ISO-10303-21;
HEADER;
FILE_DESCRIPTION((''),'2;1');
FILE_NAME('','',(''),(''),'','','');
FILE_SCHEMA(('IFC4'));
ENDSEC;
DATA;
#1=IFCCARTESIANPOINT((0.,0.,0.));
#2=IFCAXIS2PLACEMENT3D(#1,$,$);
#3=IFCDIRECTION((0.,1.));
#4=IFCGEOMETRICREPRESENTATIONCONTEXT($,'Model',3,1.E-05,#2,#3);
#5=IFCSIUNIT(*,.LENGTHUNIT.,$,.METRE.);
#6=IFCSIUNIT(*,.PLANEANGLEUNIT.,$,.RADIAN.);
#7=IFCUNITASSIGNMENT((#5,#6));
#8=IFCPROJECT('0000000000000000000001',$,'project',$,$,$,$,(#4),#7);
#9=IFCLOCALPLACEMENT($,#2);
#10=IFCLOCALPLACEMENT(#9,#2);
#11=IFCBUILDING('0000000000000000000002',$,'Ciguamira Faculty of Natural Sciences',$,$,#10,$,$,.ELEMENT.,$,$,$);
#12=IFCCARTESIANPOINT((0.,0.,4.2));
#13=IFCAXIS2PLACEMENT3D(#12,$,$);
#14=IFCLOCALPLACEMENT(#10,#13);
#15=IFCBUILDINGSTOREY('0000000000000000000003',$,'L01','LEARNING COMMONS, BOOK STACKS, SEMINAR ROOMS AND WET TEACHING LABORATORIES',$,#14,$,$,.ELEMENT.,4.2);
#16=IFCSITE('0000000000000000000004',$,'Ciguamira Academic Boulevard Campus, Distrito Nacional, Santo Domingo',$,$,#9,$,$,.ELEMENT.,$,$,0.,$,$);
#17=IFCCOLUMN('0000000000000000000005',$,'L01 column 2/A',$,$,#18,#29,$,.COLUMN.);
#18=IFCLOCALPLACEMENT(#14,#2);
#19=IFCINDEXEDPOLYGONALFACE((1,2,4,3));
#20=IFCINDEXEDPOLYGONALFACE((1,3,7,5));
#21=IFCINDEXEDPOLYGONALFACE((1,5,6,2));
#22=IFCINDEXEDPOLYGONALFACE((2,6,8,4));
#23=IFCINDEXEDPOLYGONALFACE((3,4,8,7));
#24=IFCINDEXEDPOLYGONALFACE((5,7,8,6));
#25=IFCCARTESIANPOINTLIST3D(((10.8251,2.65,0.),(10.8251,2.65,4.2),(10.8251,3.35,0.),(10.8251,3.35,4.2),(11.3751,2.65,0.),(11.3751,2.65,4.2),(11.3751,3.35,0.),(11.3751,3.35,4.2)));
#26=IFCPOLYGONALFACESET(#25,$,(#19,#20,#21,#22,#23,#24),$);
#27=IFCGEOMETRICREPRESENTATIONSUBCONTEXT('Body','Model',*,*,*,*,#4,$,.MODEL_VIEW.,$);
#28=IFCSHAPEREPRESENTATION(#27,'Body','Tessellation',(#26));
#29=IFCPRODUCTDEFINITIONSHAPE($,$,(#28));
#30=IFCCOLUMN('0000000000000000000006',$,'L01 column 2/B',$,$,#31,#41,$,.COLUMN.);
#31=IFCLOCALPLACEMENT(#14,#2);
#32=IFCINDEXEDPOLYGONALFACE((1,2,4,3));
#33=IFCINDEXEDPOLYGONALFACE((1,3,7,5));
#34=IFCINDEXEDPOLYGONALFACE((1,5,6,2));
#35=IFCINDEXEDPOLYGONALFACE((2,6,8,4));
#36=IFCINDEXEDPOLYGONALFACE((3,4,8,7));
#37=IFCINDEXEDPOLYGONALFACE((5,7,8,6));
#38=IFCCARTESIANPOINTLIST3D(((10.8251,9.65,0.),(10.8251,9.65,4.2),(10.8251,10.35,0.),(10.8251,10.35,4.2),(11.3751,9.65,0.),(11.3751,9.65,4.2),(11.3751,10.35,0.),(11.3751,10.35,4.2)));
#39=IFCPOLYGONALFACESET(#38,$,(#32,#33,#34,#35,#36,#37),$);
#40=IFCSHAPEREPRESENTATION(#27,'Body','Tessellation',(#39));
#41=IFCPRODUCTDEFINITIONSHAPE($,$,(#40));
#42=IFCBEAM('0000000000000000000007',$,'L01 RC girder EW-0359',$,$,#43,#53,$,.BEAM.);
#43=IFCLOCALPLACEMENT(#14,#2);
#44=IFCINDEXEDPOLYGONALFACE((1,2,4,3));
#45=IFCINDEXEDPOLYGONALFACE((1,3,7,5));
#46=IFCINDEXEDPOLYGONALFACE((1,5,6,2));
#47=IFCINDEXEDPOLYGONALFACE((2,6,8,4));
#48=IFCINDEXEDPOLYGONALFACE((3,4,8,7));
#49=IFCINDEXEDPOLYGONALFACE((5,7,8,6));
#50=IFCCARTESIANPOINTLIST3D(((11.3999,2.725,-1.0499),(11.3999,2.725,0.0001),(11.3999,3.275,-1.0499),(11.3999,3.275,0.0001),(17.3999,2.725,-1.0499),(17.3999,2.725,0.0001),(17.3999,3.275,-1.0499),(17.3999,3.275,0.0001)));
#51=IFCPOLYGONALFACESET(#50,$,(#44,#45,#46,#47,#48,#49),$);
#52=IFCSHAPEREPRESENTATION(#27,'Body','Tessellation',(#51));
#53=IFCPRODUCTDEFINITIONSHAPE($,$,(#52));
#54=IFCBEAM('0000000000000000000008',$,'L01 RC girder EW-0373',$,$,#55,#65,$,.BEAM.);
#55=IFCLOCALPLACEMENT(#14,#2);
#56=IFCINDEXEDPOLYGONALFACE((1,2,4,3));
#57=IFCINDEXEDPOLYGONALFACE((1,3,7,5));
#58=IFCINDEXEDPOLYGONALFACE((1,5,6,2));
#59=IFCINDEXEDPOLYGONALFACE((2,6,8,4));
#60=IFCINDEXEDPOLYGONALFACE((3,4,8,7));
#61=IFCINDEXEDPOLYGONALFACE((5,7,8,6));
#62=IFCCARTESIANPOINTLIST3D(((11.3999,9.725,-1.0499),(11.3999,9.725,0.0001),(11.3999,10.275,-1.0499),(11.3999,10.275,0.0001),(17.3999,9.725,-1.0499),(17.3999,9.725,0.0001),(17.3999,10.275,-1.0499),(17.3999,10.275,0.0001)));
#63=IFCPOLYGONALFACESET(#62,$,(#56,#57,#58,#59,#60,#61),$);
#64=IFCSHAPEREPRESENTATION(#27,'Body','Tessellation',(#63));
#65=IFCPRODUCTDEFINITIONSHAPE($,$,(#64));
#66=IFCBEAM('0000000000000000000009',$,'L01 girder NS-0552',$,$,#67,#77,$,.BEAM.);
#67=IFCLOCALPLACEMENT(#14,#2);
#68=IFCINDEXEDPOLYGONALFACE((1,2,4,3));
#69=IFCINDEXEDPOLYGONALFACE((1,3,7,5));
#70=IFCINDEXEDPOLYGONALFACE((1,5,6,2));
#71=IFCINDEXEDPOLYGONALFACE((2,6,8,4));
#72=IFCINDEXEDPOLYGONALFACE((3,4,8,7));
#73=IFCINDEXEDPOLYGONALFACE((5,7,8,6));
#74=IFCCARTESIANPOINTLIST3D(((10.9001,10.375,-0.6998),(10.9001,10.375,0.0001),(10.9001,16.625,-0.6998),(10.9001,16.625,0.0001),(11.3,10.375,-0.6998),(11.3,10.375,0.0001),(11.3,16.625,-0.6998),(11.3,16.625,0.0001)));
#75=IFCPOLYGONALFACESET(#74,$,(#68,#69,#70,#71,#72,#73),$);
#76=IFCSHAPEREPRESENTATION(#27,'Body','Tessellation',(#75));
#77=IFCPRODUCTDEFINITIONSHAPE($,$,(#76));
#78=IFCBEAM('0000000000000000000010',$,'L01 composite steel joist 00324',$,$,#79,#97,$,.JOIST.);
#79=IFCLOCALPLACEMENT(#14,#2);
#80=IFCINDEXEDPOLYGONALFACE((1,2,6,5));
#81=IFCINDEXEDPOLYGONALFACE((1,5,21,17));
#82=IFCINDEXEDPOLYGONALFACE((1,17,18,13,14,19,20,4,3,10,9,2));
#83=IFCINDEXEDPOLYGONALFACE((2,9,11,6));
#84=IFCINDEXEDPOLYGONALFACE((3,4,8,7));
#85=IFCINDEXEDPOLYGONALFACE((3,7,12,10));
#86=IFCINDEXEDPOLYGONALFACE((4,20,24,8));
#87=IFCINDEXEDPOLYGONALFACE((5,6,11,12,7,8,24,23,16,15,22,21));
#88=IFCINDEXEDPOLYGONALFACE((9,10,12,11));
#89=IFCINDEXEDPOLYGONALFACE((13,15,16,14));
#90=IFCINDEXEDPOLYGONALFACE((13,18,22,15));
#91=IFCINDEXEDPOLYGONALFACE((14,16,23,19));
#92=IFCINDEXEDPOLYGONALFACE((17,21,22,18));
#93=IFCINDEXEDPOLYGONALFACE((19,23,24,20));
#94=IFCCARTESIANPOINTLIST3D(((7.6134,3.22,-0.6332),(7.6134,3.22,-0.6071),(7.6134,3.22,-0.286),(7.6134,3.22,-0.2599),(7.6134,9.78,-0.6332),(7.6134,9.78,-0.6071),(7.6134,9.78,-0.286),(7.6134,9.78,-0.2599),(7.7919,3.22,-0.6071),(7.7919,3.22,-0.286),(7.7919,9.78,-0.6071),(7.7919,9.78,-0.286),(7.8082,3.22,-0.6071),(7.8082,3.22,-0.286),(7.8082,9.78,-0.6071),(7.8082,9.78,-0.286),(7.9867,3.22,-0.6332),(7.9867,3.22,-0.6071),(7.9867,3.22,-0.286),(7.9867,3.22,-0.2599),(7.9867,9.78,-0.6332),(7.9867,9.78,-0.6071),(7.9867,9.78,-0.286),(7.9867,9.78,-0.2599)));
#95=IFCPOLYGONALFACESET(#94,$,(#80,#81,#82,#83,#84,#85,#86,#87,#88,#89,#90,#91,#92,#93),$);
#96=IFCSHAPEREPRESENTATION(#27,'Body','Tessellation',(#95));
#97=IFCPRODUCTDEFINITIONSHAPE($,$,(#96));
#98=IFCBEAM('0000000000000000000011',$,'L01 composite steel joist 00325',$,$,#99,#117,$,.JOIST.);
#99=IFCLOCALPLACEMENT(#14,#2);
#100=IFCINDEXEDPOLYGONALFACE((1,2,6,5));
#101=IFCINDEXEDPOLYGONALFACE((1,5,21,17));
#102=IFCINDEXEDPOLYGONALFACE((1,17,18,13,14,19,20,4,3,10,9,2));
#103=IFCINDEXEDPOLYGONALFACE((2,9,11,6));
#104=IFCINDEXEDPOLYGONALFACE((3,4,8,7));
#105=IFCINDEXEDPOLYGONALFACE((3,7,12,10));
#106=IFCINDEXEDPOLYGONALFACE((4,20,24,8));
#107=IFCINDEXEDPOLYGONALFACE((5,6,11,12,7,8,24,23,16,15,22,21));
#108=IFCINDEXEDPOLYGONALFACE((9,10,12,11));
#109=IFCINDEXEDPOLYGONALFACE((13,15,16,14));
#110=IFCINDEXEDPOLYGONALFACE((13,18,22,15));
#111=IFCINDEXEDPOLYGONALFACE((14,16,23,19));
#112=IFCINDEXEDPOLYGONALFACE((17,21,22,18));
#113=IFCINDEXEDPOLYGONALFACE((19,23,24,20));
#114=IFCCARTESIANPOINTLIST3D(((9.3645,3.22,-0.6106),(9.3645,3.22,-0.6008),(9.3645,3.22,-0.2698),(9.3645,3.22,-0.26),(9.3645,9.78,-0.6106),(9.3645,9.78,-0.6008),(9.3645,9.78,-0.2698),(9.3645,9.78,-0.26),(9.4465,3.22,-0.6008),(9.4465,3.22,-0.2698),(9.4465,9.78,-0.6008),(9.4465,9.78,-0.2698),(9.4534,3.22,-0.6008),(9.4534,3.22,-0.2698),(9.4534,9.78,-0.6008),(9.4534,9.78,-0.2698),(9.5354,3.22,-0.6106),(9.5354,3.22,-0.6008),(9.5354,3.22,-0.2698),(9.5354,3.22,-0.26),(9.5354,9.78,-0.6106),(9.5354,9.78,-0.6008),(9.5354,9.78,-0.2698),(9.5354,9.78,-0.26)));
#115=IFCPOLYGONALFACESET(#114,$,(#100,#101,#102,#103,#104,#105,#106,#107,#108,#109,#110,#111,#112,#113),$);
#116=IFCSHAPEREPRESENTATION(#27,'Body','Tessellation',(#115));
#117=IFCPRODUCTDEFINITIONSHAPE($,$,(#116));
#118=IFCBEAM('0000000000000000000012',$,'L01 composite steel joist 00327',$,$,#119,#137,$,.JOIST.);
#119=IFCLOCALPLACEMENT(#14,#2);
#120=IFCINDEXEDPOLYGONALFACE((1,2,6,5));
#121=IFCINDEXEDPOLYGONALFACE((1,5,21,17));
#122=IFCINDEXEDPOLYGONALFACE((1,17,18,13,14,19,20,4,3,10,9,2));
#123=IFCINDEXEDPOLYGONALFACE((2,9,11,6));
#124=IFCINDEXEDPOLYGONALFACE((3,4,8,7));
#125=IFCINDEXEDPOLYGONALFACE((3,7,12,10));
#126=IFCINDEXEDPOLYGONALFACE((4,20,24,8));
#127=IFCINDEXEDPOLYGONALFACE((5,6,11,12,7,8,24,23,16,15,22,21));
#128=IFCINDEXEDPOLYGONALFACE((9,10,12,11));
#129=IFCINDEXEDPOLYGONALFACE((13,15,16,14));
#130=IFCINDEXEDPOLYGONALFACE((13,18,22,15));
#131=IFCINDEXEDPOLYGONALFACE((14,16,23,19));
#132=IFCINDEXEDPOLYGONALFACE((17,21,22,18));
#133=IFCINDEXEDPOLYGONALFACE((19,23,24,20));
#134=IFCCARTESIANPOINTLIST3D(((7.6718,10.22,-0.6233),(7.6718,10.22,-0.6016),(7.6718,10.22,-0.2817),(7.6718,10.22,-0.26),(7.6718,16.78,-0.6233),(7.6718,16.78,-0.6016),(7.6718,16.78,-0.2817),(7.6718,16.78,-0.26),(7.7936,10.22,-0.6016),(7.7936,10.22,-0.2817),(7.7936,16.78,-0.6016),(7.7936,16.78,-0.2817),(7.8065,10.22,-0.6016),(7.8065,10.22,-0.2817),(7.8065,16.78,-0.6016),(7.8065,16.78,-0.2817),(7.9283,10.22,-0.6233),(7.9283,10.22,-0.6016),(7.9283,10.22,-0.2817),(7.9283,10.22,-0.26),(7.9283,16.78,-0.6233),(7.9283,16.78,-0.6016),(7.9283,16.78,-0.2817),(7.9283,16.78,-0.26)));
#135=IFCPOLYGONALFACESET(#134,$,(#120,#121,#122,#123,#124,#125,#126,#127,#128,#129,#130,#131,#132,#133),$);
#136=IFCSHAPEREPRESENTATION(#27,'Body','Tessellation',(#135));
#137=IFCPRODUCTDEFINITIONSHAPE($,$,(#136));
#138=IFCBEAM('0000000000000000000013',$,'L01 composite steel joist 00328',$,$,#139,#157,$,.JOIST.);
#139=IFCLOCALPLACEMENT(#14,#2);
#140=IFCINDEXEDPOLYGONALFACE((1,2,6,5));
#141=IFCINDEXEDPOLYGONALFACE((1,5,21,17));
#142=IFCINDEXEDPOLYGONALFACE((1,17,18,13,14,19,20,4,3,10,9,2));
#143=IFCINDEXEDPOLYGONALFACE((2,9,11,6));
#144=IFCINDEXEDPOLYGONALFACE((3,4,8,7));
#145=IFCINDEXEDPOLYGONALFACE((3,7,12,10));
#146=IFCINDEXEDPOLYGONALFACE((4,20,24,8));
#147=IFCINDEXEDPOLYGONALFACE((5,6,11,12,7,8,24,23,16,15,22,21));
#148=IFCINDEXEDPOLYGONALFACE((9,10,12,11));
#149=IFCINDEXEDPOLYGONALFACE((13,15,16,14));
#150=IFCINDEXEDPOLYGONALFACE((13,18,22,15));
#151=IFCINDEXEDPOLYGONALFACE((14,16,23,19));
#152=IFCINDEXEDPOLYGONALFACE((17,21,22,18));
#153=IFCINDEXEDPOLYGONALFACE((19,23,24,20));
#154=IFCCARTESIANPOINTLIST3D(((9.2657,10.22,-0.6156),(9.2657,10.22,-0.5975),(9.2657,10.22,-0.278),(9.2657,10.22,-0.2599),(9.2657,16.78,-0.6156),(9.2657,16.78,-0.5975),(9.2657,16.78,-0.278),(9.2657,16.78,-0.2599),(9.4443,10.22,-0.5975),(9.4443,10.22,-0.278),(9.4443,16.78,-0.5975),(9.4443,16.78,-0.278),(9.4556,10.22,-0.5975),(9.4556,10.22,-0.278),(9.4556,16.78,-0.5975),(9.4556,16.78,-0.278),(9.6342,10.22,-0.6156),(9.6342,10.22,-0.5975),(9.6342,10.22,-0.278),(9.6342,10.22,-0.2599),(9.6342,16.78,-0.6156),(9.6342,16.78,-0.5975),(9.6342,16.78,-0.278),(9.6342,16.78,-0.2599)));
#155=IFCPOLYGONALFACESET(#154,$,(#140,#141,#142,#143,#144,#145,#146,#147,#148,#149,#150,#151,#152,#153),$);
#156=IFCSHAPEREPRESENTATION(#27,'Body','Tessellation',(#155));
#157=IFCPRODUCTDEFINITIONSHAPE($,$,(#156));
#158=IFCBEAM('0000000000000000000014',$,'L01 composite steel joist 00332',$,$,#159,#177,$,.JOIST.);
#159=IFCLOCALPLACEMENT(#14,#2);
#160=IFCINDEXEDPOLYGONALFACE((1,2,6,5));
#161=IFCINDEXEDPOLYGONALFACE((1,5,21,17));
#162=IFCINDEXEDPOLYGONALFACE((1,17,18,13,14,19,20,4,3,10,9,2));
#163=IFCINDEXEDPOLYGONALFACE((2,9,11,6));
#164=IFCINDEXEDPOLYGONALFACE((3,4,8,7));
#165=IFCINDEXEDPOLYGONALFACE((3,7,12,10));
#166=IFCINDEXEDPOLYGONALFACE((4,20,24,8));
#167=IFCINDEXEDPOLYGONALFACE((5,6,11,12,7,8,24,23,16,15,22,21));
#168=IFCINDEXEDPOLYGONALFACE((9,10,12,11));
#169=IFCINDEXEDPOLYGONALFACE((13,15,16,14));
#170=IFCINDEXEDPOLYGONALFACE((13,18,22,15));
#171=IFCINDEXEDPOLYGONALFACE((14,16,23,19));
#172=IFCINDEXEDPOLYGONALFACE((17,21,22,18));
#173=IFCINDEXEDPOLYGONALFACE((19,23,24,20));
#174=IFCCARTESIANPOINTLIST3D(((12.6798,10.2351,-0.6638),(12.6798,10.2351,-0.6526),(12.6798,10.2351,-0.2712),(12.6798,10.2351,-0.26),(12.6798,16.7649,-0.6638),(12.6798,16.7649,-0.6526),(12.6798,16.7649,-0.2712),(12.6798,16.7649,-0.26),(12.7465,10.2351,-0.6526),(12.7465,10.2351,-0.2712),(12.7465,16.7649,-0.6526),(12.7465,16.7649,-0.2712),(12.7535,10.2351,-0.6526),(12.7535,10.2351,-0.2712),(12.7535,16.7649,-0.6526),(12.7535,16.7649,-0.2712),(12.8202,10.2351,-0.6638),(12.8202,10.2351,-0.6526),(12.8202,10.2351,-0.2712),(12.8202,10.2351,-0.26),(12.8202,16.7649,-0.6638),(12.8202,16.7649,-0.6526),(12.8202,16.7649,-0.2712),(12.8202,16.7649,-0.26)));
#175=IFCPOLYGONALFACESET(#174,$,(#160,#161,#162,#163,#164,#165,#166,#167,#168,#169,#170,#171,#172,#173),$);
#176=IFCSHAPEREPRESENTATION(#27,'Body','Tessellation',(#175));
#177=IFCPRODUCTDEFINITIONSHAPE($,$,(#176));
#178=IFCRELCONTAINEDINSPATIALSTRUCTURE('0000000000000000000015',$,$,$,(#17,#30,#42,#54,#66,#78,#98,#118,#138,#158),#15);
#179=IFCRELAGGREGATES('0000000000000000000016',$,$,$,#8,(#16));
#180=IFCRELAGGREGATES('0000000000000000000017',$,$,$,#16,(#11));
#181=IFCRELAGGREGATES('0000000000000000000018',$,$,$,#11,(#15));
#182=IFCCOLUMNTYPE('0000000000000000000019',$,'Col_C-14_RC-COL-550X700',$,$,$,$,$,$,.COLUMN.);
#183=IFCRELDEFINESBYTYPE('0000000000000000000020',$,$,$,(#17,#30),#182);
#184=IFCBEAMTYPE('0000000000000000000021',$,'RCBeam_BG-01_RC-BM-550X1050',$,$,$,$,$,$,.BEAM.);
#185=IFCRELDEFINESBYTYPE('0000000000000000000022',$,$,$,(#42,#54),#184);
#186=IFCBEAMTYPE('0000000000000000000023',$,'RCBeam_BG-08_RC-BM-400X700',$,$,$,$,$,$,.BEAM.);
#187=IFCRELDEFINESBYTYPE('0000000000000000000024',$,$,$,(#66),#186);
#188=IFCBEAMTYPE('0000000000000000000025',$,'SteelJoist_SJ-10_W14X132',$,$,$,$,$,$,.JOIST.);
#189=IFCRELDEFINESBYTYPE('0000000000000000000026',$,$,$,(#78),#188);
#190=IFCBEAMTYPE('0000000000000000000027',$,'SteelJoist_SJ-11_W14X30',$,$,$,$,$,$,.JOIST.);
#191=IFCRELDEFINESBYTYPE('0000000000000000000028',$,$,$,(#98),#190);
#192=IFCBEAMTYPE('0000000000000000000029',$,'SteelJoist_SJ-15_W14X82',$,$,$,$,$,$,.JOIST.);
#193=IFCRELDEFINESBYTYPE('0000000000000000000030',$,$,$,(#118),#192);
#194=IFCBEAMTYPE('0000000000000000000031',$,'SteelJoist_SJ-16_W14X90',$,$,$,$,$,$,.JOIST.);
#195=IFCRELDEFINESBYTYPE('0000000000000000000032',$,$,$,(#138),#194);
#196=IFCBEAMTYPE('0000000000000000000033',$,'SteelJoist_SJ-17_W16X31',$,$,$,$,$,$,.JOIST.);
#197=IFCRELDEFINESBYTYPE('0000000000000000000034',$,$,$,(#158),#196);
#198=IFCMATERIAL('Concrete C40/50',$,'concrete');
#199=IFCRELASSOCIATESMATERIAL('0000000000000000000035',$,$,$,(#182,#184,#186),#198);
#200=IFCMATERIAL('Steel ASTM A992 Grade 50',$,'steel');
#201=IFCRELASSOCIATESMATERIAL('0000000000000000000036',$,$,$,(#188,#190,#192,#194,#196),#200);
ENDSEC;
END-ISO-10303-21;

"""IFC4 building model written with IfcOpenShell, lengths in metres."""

from ifc_helpers import new_model, si_unit, direction, frame, origin, origin_2d, place, context, subcontext, project, spatial, rectangle, i_section, extrude, material, material_profile, profile_set, type_object, element, save


model = new_model("IFC4")

# Units and contexts
model_context = context("Model", 3, precision=1e-05, world=origin(), true_north=direction((0.0, 1.0)))
body_context = subcontext(model_context, "Body", "Model", "MODEL_VIEW")
ifc_project = project(units=[si_unit("LENGTHUNIT", "METRE"), si_unit("PLANEANGLEUNIT", "RADIAN")], contexts=[model_context])

# Site, building, storey
site_placement = place(None, origin())
site = spatial("IfcSite", under=ifc_project, at=site_placement, Name="Ciguamira Academic Boulevard Campus, Distrito Nacional, Santo Domingo", CompositionType="ELEMENT", RefElevation=0.0)
building_placement = place(site_placement, origin())
building = spatial("IfcBuilding", under=site, at=building_placement, Name="Ciguamira Faculty of Natural Sciences", CompositionType="ELEMENT")
storey_placement = place(building_placement, frame((0.0, 0.0, 4.2)))
storey = spatial("IfcBuildingStorey", under=building, at=storey_placement, Name="L01", Description="LEARNING COMMONS, BOOK STACKS, SEMINAR ROOMS AND WET TEACHING LABORATORIES", CompositionType="ELEMENT", Elevation=4.2)

# Columns
ifc_material_1 = material(Name="Concrete C40/50", Category="concrete")
ifc_material_profile_1 = material_profile(ifc_material_1, rectangle(XDim=0.55, YDim=0.7, at=origin_2d()), Name="RC-COL-550X700")
ifc_profile_set_1 = profile_set([ifc_material_profile_1], Name="Concrete C40/50")
column_type = type_object("IfcColumnType", Name="Col_C-14_RC-COL-550X700", PredefinedType="COLUMN", material=ifc_profile_set_1)
for number, where, z_axis, x_axis, name in (
    (1, (11.1001, 3.0, 0.0), (0.0, 0.0, 1.0), (1.0, 0.0, 0.0), "L01 column 2/A"),
    (2, (11.1001, 10.0, 0.0), (0.0, 0.0, 1.0), (1.0, 0.0, 0.0), "L01 column 2/B"),
):
    element("IfcColumn", number, at=place(storey_placement, frame(where, z_axis=z_axis, x_axis=x_axis)), inside=storey, type_object=column_type, Name=name, PredefinedType="COLUMN", context=body_context, shape_type="SweptSolid", body=[
        extrude(rectangle(XDim=0.55, YDim=0.7, at=origin_2d()), origin(), (0.0, 0.0, 1.0), 4.2),
    ])

# Beams
ifc_material_profile_2 = material_profile(ifc_material_1, rectangle(XDim=0.55, YDim=1.05, at=origin_2d()), Name="RC-BM-550X1050")
ifc_profile_set_2 = profile_set([ifc_material_profile_2], Name="Concrete C40/50")
beam_type_1 = type_object("IfcBeamType", Name="RCBeam_BG-01_RC-BM-550X1050", PredefinedType="BEAM", material=ifc_profile_set_2)
for number, where, z_axis, x_axis, name in (
    (3, (11.3999, 3.0, -0.5249), (1.0, 0.0, 0.0), (0.0, 1.0, 0.0), "L01 RC girder EW-0359"),
    (4, (11.3999, 10.0, -0.5249), (1.0, 0.0, 0.0), (0.0, 1.0, 0.0), "L01 RC girder EW-0373"),
):
    element("IfcBeam", number, at=place(storey_placement, frame(where, z_axis=z_axis, x_axis=x_axis)), inside=storey, type_object=beam_type_1, Name=name, PredefinedType="BEAM", context=body_context, shape_type="SweptSolid", body=[
        extrude(rectangle(XDim=0.55, YDim=1.05, at=origin_2d()), origin(), (0.0, 0.0, 1.0), 6.0),
    ])
ifc_material_profile_3 = material_profile(ifc_material_1, rectangle(XDim=0.3999, YDim=0.7, at=origin_2d()), Name="RC-BM-400X700")
ifc_profile_set_3 = profile_set([ifc_material_profile_3], Name="Concrete C40/50")
beam_type_2 = type_object("IfcBeamType", Name="RCBeam_BG-08_RC-BM-400X700", PredefinedType="BEAM", material=ifc_profile_set_3)
beam_1_placement = place(storey_placement, frame((11.1001, 10.375, -0.3499), z_axis=(0.0, 1.0, 0.0), x_axis=(-1.0, 0.0, 0.0)))
element("IfcBeam", 5, at=beam_1_placement, inside=storey, type_object=beam_type_2, Name="L01 girder NS-0552", PredefinedType="BEAM", context=body_context, shape_type="SweptSolid", body=[
    extrude(rectangle(XDim=0.3999, YDim=0.7, at=origin_2d()), origin(), (0.0, 0.0, 1.0), 6.25),
])
ifc_material_2 = material(Name="Steel ASTM A992 Grade 50", Category="steel")
ifc_material_profile_4 = material_profile(ifc_material_2, i_section(OverallWidth=0.3733, OverallDepth=0.3733, WebThickness=0.0164, FlangeThickness=0.0261, at=origin_2d()), Name="W14X132")
ifc_profile_set_4 = profile_set([ifc_material_profile_4], Name="Steel ASTM A992 Grade 50")
beam_type_3 = type_object("IfcBeamType", Name="SteelJoist_SJ-10_W14X132", PredefinedType="JOIST", material=ifc_profile_set_4)
beam_2_placement = place(storey_placement, frame((7.8, 3.22, -0.4465), z_axis=(0.0, 1.0, 0.0), x_axis=(-1.0, 0.0, 0.0)))
element("IfcBeam", 6, at=beam_2_placement, inside=storey, type_object=beam_type_3, Name="L01 composite steel joist 00324", PredefinedType="JOIST", context=body_context, shape_type="SweptSolid", body=[
    extrude(i_section(OverallWidth=0.3733, OverallDepth=0.3733, WebThickness=0.0164, FlangeThickness=0.0261, at=origin_2d()), origin(), (0.0, 0.0, 1.0), 6.5601),
])
ifc_material_profile_5 = material_profile(ifc_material_2, i_section(OverallWidth=0.1709, OverallDepth=0.3506, WebThickness=0.0068, FlangeThickness=0.0098, at=origin_2d()), Name="W14X30")
ifc_profile_set_5 = profile_set([ifc_material_profile_5], Name="Steel ASTM A992 Grade 50")
beam_type_4 = type_object("IfcBeamType", Name="SteelJoist_SJ-11_W14X30", PredefinedType="JOIST", material=ifc_profile_set_5)
beam_3_placement = place(storey_placement, frame((9.45, 3.22, -0.4353), z_axis=(0.0, 1.0, 0.0), x_axis=(-1.0, 0.0, 0.0)))
element("IfcBeam", 7, at=beam_3_placement, inside=storey, type_object=beam_type_4, Name="L01 composite steel joist 00325", PredefinedType="JOIST", context=body_context, shape_type="SweptSolid", body=[
    extrude(i_section(OverallWidth=0.1709, OverallDepth=0.3506, WebThickness=0.0068, FlangeThickness=0.0098, at=origin_2d()), origin(), (0.0, 0.0, 1.0), 6.5601),
])
ifc_material_profile_6 = material_profile(ifc_material_2, i_section(OverallWidth=0.2566, OverallDepth=0.3633, WebThickness=0.0129, FlangeThickness=0.0217, at=origin_2d()), Name="W14X82")
ifc_profile_set_6 = profile_set([ifc_material_profile_6], Name="Steel ASTM A992 Grade 50")
beam_type_5 = type_object("IfcBeamType", Name="SteelJoist_SJ-15_W14X82", PredefinedType="JOIST", material=ifc_profile_set_6)
beam_4_placement = place(storey_placement, frame((7.8, 10.22, -0.4417), z_axis=(0.0, 1.0, 0.0), x_axis=(-1.0, 0.0, 0.0)))
element("IfcBeam", 8, at=beam_4_placement, inside=storey, type_object=beam_type_5, Name="L01 composite steel joist 00327", PredefinedType="JOIST", context=body_context, shape_type="SweptSolid", body=[
    extrude(i_section(OverallWidth=0.2566, OverallDepth=0.3633, WebThickness=0.0129, FlangeThickness=0.0217, at=origin_2d()), origin(), (0.0, 0.0, 1.0), 6.5601),
])
ifc_material_profile_7 = material_profile(ifc_material_2, i_section(OverallWidth=0.3684, OverallDepth=0.3557, WebThickness=0.0112, FlangeThickness=0.0181, at=origin_2d()), Name="W14X90")
ifc_profile_set_7 = profile_set([ifc_material_profile_7], Name="Steel ASTM A992 Grade 50")
beam_type_6 = type_object("IfcBeamType", Name="SteelJoist_SJ-16_W14X90", PredefinedType="JOIST", material=ifc_profile_set_7)
beam_5_placement = place(storey_placement, frame((9.45, 10.22, -0.4377), z_axis=(0.0, 1.0, 0.0), x_axis=(-1.0, 0.0, 0.0)))
element("IfcBeam", 9, at=beam_5_placement, inside=storey, type_object=beam_type_6, Name="L01 composite steel joist 00328", PredefinedType="JOIST", context=body_context, shape_type="SweptSolid", body=[
    extrude(i_section(OverallWidth=0.3684, OverallDepth=0.3557, WebThickness=0.0112, FlangeThickness=0.0181, at=origin_2d()), origin(), (0.0, 0.0, 1.0), 6.5601),
])
ifc_material_profile_8 = material_profile(ifc_material_2, i_section(OverallWidth=0.1404, OverallDepth=0.4038, WebThickness=0.0071, FlangeThickness=0.0112, at=origin_2d()), Name="W16X31")
ifc_profile_set_8 = profile_set([ifc_material_profile_8], Name="Steel ASTM A992 Grade 50")
beam_type_7 = type_object("IfcBeamType", Name="SteelJoist_SJ-17_W16X31", PredefinedType="JOIST", material=ifc_profile_set_8)
beam_6_placement = place(storey_placement, frame((12.75, 10.2351, -0.4619), z_axis=(0.0, 1.0, 0.0), x_axis=(-1.0, 0.0, 0.0)))
element("IfcBeam", 10, at=beam_6_placement, inside=storey, type_object=beam_type_7, Name="L01 composite steel joist 00332", PredefinedType="JOIST", context=body_context, shape_type="SweptSolid", body=[
    extrude(i_section(OverallWidth=0.1404, OverallDepth=0.4038, WebThickness=0.0071, FlangeThickness=0.0112, at=origin_2d()), origin(), (0.0, 0.0, 1.0), 6.5298),
])

save(model, "model.ifc")
